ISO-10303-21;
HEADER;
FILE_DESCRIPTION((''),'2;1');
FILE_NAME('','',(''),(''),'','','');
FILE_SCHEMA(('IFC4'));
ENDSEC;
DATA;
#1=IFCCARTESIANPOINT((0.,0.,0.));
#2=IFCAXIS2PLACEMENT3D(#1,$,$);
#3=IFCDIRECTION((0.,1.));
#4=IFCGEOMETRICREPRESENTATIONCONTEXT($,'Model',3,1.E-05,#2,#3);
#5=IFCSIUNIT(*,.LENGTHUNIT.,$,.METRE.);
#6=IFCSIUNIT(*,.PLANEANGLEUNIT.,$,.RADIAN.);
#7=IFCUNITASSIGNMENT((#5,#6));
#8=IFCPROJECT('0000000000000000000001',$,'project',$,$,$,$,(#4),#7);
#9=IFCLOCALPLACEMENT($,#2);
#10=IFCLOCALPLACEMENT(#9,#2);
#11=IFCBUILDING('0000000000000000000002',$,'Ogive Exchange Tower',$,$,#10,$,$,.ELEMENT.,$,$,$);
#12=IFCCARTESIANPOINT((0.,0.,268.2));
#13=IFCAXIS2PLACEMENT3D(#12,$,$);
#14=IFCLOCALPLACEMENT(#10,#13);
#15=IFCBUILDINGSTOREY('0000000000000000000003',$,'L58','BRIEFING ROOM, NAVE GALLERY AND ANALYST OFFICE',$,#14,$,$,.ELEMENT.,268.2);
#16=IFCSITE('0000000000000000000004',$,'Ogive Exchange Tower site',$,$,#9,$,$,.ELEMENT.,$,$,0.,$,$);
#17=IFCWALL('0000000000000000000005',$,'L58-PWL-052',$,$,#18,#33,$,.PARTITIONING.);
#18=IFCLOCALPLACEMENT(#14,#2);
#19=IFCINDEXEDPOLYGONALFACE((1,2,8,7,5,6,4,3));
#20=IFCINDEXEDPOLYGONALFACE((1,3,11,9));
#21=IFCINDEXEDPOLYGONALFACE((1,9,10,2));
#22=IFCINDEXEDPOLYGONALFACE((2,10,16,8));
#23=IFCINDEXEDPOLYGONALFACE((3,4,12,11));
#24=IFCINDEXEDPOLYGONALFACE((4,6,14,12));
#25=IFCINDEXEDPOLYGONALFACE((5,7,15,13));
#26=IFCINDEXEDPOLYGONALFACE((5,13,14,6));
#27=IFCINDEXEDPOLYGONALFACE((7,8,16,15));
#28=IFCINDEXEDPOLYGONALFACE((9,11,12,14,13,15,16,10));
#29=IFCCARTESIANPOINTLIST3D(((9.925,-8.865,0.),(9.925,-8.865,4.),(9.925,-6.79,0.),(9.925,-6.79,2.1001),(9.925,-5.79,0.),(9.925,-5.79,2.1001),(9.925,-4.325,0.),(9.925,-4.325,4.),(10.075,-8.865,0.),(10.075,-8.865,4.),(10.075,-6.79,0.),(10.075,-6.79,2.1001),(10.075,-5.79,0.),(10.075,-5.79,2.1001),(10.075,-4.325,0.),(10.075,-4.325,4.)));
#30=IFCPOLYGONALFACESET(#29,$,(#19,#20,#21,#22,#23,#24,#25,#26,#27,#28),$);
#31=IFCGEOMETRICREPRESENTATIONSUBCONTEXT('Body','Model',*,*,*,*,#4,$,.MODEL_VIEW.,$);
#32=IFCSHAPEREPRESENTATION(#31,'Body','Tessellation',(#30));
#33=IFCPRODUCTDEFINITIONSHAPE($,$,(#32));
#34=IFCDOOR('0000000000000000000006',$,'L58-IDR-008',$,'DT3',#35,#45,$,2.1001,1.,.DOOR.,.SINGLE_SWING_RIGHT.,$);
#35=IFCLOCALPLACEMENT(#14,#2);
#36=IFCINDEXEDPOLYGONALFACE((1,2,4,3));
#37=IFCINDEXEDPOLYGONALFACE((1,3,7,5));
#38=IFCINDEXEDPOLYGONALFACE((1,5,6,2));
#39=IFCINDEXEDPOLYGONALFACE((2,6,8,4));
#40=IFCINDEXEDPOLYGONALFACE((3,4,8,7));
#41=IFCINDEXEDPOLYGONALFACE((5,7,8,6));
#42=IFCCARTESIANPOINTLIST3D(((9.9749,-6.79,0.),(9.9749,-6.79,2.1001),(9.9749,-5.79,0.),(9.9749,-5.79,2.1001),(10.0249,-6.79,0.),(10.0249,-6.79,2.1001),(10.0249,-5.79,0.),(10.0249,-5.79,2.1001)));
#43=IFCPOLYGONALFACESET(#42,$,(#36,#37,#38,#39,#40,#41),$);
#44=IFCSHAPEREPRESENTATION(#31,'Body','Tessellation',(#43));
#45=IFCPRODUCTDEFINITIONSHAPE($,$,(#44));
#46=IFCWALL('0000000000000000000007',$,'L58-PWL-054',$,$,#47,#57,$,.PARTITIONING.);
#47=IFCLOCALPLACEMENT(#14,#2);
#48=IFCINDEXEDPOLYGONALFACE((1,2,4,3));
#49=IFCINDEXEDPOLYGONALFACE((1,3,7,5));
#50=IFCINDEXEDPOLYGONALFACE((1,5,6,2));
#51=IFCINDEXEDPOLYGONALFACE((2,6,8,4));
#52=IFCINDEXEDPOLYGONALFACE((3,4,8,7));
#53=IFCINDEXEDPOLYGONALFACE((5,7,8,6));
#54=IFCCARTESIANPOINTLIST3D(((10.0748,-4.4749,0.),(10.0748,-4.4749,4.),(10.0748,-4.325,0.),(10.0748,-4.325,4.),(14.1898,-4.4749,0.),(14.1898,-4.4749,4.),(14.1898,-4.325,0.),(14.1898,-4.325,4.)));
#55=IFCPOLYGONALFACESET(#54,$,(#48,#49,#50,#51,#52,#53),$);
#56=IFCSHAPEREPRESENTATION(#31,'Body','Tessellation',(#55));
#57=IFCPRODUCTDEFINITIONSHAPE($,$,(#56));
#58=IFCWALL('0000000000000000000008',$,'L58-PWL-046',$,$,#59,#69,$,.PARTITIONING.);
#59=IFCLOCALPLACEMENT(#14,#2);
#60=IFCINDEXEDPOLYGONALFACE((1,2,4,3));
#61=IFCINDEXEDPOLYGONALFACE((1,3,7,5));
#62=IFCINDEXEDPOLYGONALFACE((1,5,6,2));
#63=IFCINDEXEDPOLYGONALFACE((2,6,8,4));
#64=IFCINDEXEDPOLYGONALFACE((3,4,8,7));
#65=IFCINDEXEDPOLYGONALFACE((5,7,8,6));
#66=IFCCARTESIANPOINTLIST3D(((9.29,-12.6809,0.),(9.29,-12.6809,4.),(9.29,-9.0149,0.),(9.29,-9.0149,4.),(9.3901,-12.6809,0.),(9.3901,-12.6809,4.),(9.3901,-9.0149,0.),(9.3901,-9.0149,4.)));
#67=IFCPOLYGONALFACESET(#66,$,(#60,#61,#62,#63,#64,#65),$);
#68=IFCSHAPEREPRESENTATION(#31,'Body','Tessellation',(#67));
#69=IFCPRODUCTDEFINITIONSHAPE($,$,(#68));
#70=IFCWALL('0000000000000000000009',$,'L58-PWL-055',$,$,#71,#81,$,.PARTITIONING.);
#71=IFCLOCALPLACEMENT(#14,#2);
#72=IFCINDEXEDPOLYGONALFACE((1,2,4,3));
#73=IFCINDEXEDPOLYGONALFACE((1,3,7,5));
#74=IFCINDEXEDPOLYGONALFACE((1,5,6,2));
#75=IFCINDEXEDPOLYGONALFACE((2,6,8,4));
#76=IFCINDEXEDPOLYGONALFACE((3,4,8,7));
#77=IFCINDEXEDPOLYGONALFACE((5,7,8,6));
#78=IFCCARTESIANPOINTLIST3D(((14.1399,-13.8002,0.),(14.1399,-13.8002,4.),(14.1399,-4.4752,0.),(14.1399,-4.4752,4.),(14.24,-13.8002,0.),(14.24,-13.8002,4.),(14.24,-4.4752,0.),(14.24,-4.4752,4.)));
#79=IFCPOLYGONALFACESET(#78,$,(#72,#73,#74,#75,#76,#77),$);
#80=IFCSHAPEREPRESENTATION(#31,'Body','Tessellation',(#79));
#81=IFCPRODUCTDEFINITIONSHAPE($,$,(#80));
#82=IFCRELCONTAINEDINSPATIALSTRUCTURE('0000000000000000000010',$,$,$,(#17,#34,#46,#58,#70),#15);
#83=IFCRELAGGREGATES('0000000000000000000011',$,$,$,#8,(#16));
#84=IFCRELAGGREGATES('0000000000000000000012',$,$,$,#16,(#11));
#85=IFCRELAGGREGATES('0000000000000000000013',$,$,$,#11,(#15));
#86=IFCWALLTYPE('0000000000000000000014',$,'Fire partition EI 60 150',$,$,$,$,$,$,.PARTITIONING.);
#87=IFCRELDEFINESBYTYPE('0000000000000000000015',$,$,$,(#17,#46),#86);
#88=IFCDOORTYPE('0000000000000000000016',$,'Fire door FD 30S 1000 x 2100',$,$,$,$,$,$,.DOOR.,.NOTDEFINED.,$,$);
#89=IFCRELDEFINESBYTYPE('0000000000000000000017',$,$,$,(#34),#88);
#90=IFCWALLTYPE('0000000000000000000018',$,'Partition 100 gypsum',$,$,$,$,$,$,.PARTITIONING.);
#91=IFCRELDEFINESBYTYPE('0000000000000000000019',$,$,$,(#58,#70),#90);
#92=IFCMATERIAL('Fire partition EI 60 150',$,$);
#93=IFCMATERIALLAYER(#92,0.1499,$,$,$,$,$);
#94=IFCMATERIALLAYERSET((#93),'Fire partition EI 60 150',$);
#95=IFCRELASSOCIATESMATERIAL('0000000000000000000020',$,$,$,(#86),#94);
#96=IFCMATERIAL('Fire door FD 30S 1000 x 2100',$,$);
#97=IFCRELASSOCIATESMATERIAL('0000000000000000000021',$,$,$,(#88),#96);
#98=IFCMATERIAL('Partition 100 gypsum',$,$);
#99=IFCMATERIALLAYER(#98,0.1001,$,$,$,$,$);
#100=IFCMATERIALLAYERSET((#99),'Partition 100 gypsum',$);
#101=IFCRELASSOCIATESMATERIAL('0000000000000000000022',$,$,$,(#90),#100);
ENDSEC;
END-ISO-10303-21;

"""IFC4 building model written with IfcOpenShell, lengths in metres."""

from ifc_helpers import new_model, si_unit, direction, frame, frame_2d, origin, place, context, subcontext, project, spatial, rectangle, extrude, material, layer, layer_set, type_object, element, fill, save


model = new_model("IFC4")

# Units and contexts
model_context = context("Model", 3, precision=1e-05, world=origin(), true_north=direction((0.0, 1.0)))
body_context = subcontext(model_context, "Body", "Model", "MODEL_VIEW")
ifc_project = project(units=[si_unit("LENGTHUNIT", "METRE"), si_unit("PLANEANGLEUNIT", "RADIAN")], contexts=[model_context])

# Site, building, storey
site_placement = place(None, origin())
site = spatial("IfcSite", under=ifc_project, at=site_placement, Name="Ogive Exchange Tower site", CompositionType="ELEMENT", RefElevation=0.0)
building_placement = place(site_placement, origin())
building = spatial("IfcBuilding", under=site, at=building_placement, Name="Ogive Exchange Tower", CompositionType="ELEMENT")
storey_placement = place(building_placement, frame((0.0, 0.0, 268.2)))
storey = spatial("IfcBuildingStorey", under=building, at=storey_placement, Name="L58", Description="BRIEFING ROOM, NAVE GALLERY AND ANALYST OFFICE", CompositionType="ELEMENT", Elevation=268.2)

# Shared definitions
ifc_material_1 = material(Name="Fire partition EI 60 150")
ifc_layer_1 = layer(ifc_material_1, 0.1499)
ifc_layer_set_1 = layer_set([ifc_layer_1], Name="Fire partition EI 60 150")
wall_type_1 = type_object("IfcWallType", Name="Fire partition EI 60 150", PredefinedType="PARTITIONING", material=ifc_layer_set_1)

# Shared definitions
ifc_material_2 = material(Name="Fire door FD 30S 1000 x 2100")
door_type_1 = type_object("IfcDoorType", Name="Fire door FD 30S 1000 x 2100", OperationType="NOTDEFINED", PredefinedType="DOOR", material=ifc_material_2)

# Wall, opening, door
wall_1_placement = place(storey_placement, frame((10.0, -4.325, 0.0), z_axis=(0.0, 0.0, 1.0), x_axis=(0.0, -1.0, 0.0)))
wall_1 = element("IfcWall", 1, at=wall_1_placement, inside=storey, type_object=wall_type_1, Name="L58-PWL-052", PredefinedType="PARTITIONING", context=body_context, shape_type="SweptSolid", body=[
    extrude(rectangle(XDim=4.54, YDim=0.1499, at=frame_2d((2.27, 0.0))), origin(), (0.0, 0.0, 1.0), 4.0),
])
opening_1_placement = place(wall_1_placement, frame((1.4651, 0.0, 0.0)))
opening_1 = element("IfcOpeningElement", 2, at=opening_1_placement, cuts=wall_1, PredefinedType="OPENING", context=body_context, shape_type="SweptSolid", body=[
    extrude(rectangle(XDim=1.0, YDim=2.1001, at=frame_2d((0.5, 1.05))), frame((0.0, 0.085, 0.0), z_axis=(0.0, -1.0, 0.0), x_axis=(1.0, 0.0, 0.0)), (0.0, 0.0, 1.0), 0.1699),
])
door_1_placement = place(opening_1_placement, origin())
door_1 = element("IfcDoor", 3, at=door_1_placement, inside=storey, type_object=door_type_1, Name="L58-IDR-008", ObjectType="DT3", OperationType="SINGLE_SWING_RIGHT", OverallHeight=2.1001, OverallWidth=1.0, PredefinedType="DOOR", context=body_context, shape_type="SweptSolid", body=[
    extrude(rectangle(XDim=1.0, YDim=2.1001, at=frame_2d((0.5, 1.05))), frame((0.0, 0.0249, 0.0), z_axis=(0.0, -1.0, 0.0), x_axis=(1.0, 0.0, 0.0)), (0.0, 0.0, 1.0), 0.05),
])
fill(opening_1, door_1)

# Walls
wall_2_placement = place(storey_placement, frame((14.1899, -4.3999, 0.0), z_axis=(0.0, 0.0, 1.0), x_axis=(-1.0, 0.0, 0.0)))
element("IfcWall", 4, at=wall_2_placement, inside=storey, type_object=wall_type_1, Name="L58-PWL-054", PredefinedType="PARTITIONING", context=body_context, shape_type="SweptSolid", body=[
    extrude(rectangle(XDim=4.115, YDim=0.1499, at=frame_2d((2.0576, 0.0))), origin(), (0.0, 0.0, 1.0), 4.0),
])
ifc_material_3 = material(Name="Partition 100 gypsum")
ifc_layer_2 = layer(ifc_material_3, 0.1001)
ifc_layer_set_2 = layer_set([ifc_layer_2], Name="Partition 100 gypsum")
wall_type_2 = type_object("IfcWallType", Name="Partition 100 gypsum", PredefinedType="PARTITIONING", material=ifc_layer_set_2)
wall_3_placement = place(storey_placement, frame((9.3401, -9.0149, 0.0), z_axis=(0.0, 0.0, 1.0), x_axis=(0.0, -1.0, 0.0)))
element("IfcWall", 5, at=wall_3_placement, inside=storey, type_object=wall_type_2, Name="L58-PWL-046", PredefinedType="PARTITIONING", context=body_context, shape_type="SweptSolid", body=[
    extrude(rectangle(XDim=3.666, YDim=0.1001, at=frame_2d((1.833, 0.0))), origin(), (0.0, 0.0, 1.0), 4.0),
])
wall_4_placement = place(storey_placement, frame((14.1899, -4.4751, 0.0), z_axis=(0.0, 0.0, 1.0), x_axis=(0.0, -1.0, 0.0)))
element("IfcWall", 6, at=wall_4_placement, inside=storey, type_object=wall_type_2, Name="L58-PWL-055", PredefinedType="PARTITIONING", context=body_context, shape_type="SweptSolid", body=[
    extrude(rectangle(XDim=9.325, YDim=0.1001, at=frame_2d((4.6626, 0.0))), origin(), (0.0, 0.0, 1.0), 4.0),
])

save(model, "model.ifc")
